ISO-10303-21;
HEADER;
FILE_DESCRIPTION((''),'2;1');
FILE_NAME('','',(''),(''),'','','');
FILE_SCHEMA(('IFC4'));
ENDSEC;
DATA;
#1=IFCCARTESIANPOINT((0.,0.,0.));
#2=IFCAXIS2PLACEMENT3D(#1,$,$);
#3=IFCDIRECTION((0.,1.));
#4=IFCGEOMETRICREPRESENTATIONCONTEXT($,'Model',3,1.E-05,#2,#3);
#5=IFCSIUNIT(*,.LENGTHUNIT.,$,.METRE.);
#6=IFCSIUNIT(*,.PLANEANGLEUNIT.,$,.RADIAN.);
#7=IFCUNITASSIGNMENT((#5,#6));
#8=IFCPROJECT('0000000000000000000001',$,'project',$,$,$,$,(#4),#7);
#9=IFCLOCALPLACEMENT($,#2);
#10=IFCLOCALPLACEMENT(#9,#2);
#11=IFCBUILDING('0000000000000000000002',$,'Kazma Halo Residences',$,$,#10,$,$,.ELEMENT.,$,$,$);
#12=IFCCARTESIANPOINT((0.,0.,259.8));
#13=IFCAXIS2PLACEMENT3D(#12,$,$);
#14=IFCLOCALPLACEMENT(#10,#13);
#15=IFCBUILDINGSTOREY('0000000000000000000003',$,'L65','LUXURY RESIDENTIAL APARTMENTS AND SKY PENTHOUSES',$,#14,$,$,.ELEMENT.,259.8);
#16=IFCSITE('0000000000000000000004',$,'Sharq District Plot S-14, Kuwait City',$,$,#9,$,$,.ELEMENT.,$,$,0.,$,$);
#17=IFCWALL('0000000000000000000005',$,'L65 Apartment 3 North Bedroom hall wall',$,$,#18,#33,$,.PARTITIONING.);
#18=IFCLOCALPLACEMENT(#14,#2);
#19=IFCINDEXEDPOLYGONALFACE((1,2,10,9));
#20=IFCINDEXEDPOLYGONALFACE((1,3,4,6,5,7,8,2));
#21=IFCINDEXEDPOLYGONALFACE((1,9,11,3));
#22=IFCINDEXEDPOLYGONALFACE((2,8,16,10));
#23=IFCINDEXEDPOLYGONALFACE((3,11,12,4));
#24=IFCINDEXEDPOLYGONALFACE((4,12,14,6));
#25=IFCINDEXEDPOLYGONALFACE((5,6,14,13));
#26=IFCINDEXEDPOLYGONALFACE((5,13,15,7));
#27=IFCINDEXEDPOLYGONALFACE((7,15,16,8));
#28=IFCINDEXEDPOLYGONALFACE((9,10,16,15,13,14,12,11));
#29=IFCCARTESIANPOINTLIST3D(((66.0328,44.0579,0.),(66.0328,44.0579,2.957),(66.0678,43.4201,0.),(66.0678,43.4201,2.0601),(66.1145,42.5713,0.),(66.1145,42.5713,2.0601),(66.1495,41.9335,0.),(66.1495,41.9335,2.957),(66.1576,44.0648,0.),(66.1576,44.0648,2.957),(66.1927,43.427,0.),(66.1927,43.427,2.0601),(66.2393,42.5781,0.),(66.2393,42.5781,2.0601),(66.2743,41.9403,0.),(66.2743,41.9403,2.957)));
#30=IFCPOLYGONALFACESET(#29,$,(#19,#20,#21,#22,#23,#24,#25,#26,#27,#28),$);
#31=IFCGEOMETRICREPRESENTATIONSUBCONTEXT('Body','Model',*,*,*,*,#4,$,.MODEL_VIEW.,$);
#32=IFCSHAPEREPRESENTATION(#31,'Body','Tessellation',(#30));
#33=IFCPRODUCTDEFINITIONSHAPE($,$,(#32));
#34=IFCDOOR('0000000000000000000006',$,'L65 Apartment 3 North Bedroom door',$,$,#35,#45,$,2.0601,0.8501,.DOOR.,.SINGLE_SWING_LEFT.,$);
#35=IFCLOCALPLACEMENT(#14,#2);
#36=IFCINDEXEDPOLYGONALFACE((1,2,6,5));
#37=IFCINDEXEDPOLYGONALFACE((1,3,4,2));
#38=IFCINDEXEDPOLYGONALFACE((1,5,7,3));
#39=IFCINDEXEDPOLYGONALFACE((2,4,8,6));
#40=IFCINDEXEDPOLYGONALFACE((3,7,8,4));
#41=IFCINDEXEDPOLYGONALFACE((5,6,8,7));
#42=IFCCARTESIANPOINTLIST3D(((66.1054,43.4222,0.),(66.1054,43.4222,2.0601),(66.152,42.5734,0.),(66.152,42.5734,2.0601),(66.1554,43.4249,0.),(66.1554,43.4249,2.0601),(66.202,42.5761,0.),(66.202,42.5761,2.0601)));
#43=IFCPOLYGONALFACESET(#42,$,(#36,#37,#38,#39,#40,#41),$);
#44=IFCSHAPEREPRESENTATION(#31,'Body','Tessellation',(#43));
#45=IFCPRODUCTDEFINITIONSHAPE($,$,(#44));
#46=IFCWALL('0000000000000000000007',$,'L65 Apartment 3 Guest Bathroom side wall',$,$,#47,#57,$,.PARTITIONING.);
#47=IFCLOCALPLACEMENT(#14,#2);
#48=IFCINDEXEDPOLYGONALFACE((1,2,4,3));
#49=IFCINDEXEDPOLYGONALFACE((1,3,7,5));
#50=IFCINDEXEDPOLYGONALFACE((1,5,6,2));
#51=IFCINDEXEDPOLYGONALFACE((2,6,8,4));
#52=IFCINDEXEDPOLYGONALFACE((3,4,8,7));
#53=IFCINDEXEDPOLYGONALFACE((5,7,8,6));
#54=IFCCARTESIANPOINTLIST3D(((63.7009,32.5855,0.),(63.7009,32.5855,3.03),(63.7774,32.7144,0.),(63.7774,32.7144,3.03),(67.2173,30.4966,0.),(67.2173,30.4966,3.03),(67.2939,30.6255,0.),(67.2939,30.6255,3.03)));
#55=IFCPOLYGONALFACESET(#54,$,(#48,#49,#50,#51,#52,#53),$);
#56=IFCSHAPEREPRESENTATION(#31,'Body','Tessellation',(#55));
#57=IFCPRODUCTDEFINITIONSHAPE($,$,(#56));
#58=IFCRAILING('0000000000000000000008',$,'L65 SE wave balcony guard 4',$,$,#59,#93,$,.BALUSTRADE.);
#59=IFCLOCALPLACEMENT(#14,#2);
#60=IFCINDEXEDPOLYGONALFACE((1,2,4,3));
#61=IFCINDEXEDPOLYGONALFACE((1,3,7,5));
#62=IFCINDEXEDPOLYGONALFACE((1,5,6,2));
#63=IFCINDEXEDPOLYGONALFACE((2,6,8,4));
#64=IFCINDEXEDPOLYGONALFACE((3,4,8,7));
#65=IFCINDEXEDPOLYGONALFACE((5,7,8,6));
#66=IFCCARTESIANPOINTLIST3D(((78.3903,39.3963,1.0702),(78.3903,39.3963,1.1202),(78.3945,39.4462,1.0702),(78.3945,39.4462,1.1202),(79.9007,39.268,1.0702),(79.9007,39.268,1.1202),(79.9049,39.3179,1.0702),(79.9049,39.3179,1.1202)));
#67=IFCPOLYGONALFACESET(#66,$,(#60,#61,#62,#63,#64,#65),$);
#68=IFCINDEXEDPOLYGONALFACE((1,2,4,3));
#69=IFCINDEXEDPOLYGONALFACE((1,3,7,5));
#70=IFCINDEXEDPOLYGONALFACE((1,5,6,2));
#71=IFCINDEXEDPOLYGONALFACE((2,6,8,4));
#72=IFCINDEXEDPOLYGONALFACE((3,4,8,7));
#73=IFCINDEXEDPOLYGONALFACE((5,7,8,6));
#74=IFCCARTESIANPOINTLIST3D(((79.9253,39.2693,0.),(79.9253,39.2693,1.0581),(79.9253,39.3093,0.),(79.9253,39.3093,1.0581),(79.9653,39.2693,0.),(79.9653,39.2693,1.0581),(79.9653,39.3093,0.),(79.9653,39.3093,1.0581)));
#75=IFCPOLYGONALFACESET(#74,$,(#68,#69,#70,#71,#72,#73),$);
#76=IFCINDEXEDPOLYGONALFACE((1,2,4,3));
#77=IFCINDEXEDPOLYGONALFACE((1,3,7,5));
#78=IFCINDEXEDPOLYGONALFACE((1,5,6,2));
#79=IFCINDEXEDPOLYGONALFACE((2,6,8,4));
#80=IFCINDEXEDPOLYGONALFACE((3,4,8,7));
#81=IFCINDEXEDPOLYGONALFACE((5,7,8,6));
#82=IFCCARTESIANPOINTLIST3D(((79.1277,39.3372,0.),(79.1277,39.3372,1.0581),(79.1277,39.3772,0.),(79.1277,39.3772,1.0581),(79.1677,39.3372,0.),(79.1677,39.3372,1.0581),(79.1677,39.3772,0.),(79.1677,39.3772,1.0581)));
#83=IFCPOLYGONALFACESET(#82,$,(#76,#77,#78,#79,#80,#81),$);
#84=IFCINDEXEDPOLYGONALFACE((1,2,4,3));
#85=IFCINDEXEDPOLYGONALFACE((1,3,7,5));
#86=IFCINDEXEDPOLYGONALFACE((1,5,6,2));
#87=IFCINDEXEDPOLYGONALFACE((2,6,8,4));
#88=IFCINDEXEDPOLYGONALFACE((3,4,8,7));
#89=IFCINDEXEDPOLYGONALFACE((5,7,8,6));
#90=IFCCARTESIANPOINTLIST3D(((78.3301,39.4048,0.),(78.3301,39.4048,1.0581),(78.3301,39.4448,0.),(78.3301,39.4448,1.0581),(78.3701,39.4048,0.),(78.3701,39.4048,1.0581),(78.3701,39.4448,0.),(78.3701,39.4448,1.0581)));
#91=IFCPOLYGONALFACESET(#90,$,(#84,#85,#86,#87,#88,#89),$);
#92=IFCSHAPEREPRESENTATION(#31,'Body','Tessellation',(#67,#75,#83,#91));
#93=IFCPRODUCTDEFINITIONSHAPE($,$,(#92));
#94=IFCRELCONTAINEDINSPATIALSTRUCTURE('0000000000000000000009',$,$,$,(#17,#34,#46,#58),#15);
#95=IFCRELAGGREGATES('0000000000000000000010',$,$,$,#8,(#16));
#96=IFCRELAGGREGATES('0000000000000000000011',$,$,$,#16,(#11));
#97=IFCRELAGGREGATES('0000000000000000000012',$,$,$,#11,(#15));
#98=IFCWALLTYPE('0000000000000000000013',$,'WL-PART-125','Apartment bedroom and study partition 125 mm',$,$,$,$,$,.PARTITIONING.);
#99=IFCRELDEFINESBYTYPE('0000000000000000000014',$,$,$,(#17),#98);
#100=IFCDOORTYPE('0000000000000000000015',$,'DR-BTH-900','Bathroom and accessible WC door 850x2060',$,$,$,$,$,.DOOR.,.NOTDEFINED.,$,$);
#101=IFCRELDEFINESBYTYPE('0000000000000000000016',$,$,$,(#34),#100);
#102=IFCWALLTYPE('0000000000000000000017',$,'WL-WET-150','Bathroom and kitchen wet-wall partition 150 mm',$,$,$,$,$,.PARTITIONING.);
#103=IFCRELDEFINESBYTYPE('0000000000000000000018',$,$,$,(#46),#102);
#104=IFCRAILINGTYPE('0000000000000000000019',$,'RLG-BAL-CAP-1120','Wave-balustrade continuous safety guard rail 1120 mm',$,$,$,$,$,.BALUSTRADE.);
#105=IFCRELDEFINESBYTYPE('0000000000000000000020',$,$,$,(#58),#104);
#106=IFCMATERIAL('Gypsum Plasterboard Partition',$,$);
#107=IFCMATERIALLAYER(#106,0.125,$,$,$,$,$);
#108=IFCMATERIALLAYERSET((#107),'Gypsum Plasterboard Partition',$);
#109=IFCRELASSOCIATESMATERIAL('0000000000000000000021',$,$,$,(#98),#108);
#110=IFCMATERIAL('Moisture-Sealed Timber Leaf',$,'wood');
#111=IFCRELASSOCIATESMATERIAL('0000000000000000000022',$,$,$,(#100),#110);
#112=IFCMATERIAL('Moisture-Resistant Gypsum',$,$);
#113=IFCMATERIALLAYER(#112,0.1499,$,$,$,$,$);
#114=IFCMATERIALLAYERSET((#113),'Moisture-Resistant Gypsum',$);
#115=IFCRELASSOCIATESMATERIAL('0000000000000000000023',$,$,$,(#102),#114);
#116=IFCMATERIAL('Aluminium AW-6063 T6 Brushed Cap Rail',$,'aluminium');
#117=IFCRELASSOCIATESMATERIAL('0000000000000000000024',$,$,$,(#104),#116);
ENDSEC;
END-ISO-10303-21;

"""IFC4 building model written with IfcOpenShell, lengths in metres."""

from ifc_helpers import new_model, si_unit, direction, frame, frame_2d, origin, origin_2d, place, context, subcontext, project, spatial, rectangle, extrude, material, layer, layer_set, type_object, element, fill, save


model = new_model("IFC4")

# Units and contexts
model_context = context("Model", 3, precision=1e-05, world=origin(), true_north=direction((0.0, 1.0)))
body_context = subcontext(model_context, "Body", "Model", "MODEL_VIEW")
ifc_project = project(units=[si_unit("LENGTHUNIT", "METRE"), si_unit("PLANEANGLEUNIT", "RADIAN")], contexts=[model_context])

# Site, building, storey
site_placement = place(None, origin())
site = spatial("IfcSite", under=ifc_project, at=site_placement, Name="Sharq District Plot S-14, Kuwait City", CompositionType="ELEMENT", RefElevation=0.0)
building_placement = place(site_placement, origin())
building = spatial("IfcBuilding", under=site, at=building_placement, Name="Kazma Halo Residences", CompositionType="ELEMENT")
storey_placement = place(building_placement, frame((0.0, 0.0, 259.8)))
storey = spatial("IfcBuildingStorey", under=building, at=storey_placement, Name="L65", Description="LUXURY RESIDENTIAL APARTMENTS AND SKY PENTHOUSES", CompositionType="ELEMENT", Elevation=259.8)

# Shared definitions
ifc_material_1 = material(Name="Gypsum Plasterboard Partition")
ifc_layer_1 = layer(ifc_material_1, 0.125)
ifc_layer_set_1 = layer_set([ifc_layer_1], Name="Gypsum Plasterboard Partition")
wall_type_1 = type_object("IfcWallType", Name="WL-PART-125", Description="Apartment bedroom and study partition 125 mm", PredefinedType="PARTITIONING", material=ifc_layer_set_1)

# Shared definitions
ifc_material_2 = material(Name="Moisture-Sealed Timber Leaf", Category="wood")
door_type = type_object("IfcDoorType", Name="DR-BTH-900", Description="Bathroom and accessible WC door 850x2060", OperationType="NOTDEFINED", PredefinedType="DOOR", material=ifc_material_2)

# Wall, opening, door
wall_1_placement = place(storey_placement, frame((66.2119, 41.9368, 0.0), z_axis=(0.0, 0.0, 1.0), x_axis=(-0.054847, 0.998495, 0.0)))
wall_1 = element("IfcWall", 1, at=wall_1_placement, inside=storey, type_object=wall_type_1, Name="L65 Apartment 3 North Bedroom hall wall", PredefinedType="PARTITIONING", context=body_context, shape_type="SweptSolid", body=[
    extrude(rectangle(XDim=2.1277, YDim=0.125, at=frame_2d((1.064, 0.0))), origin(), (0.0, 0.0, 1.0), 2.957),
])
opening_1_placement = place(wall_1_placement, frame((0.6389, 0.0, 0.0)))
opening_1 = element("IfcOpeningElement", 2, at=opening_1_placement, cuts=wall_1, PredefinedType="OPENING", context=body_context, shape_type="SweptSolid", body=[
    extrude(rectangle(XDim=0.8501, YDim=2.0601, at=frame_2d((0.425, 1.03))), frame((0.0, 0.0725, 0.0), z_axis=(0.0, -1.0, 0.0), x_axis=(1.0, 0.0, 0.0)), (0.0, 0.0, 1.0), 0.145),
])
door_1_placement = place(opening_1_placement, origin())
door_1 = element("IfcDoor", 3, at=door_1_placement, inside=storey, type_object=door_type, Name="L65 Apartment 3 North Bedroom door", OperationType="SINGLE_SWING_LEFT", OverallHeight=2.0601, OverallWidth=0.8501, PredefinedType="DOOR", context=body_context, shape_type="SweptSolid", body=[
    extrude(rectangle(XDim=0.8501, YDim=2.0601, at=frame_2d((0.425, 1.03))), frame((0.0, 0.0249, 0.0), z_axis=(0.0, -1.0, 0.0), x_axis=(1.0, 0.0, 0.0)), (0.0, 0.0, 1.0), 0.05),
])
fill(opening_1, door_1)

# Wall
ifc_material_3 = material(Name="Moisture-Resistant Gypsum")
ifc_layer_2 = layer(ifc_material_3, 0.1499)
ifc_layer_set_2 = layer_set([ifc_layer_2], Name="Moisture-Resistant Gypsum")
wall_type_2 = type_object("IfcWallType", Name="WL-WET-150", Description="Bathroom and kitchen wet-wall partition 150 mm", PredefinedType="PARTITIONING", material=ifc_layer_set_2)
wall_2_placement = place(storey_placement, frame((63.7393, 32.6499, 0.0), z_axis=(0.0, 0.0, 1.0), x_axis=(0.859744, -0.510725, 0.0)))
element("IfcWall", 4, at=wall_2_placement, inside=storey, type_object=wall_type_2, Name="L65 Apartment 3 Guest Bathroom side wall", PredefinedType="PARTITIONING", context=body_context, shape_type="SweptSolid", body=[
    extrude(rectangle(XDim=4.0901, YDim=0.1499, at=frame_2d((2.0449, 0.0))), origin(), (0.0, 0.0, 1.0), 3.03),
])

# Railing
ifc_material_4 = material(Name="Aluminium AW-6063 T6 Brushed Cap Rail", Category="aluminium")
railing_type = type_object("IfcRailingType", Name="RLG-BAL-CAP-1120", Description="Wave-balustrade continuous safety guard rail 1120 mm", PredefinedType="BALUSTRADE", material=ifc_material_4)
railing_placement = place(storey_placement, frame((79.9453, 39.2893, 0.0)))
element("IfcRailing", 5, at=railing_placement, inside=storey, type_object=railing_type, Name="L65 SE wave balcony guard 4", PredefinedType="BALUSTRADE", context=body_context, shape_type="SweptSolid", body=[
    extrude(rectangle(XDim=0.05, YDim=0.05, at=origin_2d()), frame((-0.0425, 0.0037, 1.0952), z_axis=(-0.996412, 0.084636, 0.0), x_axis=(-0.084636, -0.996412, 0.0)), (0.0, 0.0, 1.0), 1.5159),
    extrude(rectangle(XDim=0.04, YDim=0.04, at=origin_2d()), origin(), (0.0, 0.0, 1.0), 1.0581),
    extrude(rectangle(XDim=0.04, YDim=0.04, at=origin_2d()), frame((-0.7976, 0.0679, 0.0)), (0.0, 0.0, 1.0), 1.0581),
    extrude(rectangle(XDim=0.04, YDim=0.04, at=origin_2d()), frame((-1.5952, 0.1355, 0.0)), (0.0, 0.0, 1.0), 1.0581),
])

save(model, "model.ifc")
